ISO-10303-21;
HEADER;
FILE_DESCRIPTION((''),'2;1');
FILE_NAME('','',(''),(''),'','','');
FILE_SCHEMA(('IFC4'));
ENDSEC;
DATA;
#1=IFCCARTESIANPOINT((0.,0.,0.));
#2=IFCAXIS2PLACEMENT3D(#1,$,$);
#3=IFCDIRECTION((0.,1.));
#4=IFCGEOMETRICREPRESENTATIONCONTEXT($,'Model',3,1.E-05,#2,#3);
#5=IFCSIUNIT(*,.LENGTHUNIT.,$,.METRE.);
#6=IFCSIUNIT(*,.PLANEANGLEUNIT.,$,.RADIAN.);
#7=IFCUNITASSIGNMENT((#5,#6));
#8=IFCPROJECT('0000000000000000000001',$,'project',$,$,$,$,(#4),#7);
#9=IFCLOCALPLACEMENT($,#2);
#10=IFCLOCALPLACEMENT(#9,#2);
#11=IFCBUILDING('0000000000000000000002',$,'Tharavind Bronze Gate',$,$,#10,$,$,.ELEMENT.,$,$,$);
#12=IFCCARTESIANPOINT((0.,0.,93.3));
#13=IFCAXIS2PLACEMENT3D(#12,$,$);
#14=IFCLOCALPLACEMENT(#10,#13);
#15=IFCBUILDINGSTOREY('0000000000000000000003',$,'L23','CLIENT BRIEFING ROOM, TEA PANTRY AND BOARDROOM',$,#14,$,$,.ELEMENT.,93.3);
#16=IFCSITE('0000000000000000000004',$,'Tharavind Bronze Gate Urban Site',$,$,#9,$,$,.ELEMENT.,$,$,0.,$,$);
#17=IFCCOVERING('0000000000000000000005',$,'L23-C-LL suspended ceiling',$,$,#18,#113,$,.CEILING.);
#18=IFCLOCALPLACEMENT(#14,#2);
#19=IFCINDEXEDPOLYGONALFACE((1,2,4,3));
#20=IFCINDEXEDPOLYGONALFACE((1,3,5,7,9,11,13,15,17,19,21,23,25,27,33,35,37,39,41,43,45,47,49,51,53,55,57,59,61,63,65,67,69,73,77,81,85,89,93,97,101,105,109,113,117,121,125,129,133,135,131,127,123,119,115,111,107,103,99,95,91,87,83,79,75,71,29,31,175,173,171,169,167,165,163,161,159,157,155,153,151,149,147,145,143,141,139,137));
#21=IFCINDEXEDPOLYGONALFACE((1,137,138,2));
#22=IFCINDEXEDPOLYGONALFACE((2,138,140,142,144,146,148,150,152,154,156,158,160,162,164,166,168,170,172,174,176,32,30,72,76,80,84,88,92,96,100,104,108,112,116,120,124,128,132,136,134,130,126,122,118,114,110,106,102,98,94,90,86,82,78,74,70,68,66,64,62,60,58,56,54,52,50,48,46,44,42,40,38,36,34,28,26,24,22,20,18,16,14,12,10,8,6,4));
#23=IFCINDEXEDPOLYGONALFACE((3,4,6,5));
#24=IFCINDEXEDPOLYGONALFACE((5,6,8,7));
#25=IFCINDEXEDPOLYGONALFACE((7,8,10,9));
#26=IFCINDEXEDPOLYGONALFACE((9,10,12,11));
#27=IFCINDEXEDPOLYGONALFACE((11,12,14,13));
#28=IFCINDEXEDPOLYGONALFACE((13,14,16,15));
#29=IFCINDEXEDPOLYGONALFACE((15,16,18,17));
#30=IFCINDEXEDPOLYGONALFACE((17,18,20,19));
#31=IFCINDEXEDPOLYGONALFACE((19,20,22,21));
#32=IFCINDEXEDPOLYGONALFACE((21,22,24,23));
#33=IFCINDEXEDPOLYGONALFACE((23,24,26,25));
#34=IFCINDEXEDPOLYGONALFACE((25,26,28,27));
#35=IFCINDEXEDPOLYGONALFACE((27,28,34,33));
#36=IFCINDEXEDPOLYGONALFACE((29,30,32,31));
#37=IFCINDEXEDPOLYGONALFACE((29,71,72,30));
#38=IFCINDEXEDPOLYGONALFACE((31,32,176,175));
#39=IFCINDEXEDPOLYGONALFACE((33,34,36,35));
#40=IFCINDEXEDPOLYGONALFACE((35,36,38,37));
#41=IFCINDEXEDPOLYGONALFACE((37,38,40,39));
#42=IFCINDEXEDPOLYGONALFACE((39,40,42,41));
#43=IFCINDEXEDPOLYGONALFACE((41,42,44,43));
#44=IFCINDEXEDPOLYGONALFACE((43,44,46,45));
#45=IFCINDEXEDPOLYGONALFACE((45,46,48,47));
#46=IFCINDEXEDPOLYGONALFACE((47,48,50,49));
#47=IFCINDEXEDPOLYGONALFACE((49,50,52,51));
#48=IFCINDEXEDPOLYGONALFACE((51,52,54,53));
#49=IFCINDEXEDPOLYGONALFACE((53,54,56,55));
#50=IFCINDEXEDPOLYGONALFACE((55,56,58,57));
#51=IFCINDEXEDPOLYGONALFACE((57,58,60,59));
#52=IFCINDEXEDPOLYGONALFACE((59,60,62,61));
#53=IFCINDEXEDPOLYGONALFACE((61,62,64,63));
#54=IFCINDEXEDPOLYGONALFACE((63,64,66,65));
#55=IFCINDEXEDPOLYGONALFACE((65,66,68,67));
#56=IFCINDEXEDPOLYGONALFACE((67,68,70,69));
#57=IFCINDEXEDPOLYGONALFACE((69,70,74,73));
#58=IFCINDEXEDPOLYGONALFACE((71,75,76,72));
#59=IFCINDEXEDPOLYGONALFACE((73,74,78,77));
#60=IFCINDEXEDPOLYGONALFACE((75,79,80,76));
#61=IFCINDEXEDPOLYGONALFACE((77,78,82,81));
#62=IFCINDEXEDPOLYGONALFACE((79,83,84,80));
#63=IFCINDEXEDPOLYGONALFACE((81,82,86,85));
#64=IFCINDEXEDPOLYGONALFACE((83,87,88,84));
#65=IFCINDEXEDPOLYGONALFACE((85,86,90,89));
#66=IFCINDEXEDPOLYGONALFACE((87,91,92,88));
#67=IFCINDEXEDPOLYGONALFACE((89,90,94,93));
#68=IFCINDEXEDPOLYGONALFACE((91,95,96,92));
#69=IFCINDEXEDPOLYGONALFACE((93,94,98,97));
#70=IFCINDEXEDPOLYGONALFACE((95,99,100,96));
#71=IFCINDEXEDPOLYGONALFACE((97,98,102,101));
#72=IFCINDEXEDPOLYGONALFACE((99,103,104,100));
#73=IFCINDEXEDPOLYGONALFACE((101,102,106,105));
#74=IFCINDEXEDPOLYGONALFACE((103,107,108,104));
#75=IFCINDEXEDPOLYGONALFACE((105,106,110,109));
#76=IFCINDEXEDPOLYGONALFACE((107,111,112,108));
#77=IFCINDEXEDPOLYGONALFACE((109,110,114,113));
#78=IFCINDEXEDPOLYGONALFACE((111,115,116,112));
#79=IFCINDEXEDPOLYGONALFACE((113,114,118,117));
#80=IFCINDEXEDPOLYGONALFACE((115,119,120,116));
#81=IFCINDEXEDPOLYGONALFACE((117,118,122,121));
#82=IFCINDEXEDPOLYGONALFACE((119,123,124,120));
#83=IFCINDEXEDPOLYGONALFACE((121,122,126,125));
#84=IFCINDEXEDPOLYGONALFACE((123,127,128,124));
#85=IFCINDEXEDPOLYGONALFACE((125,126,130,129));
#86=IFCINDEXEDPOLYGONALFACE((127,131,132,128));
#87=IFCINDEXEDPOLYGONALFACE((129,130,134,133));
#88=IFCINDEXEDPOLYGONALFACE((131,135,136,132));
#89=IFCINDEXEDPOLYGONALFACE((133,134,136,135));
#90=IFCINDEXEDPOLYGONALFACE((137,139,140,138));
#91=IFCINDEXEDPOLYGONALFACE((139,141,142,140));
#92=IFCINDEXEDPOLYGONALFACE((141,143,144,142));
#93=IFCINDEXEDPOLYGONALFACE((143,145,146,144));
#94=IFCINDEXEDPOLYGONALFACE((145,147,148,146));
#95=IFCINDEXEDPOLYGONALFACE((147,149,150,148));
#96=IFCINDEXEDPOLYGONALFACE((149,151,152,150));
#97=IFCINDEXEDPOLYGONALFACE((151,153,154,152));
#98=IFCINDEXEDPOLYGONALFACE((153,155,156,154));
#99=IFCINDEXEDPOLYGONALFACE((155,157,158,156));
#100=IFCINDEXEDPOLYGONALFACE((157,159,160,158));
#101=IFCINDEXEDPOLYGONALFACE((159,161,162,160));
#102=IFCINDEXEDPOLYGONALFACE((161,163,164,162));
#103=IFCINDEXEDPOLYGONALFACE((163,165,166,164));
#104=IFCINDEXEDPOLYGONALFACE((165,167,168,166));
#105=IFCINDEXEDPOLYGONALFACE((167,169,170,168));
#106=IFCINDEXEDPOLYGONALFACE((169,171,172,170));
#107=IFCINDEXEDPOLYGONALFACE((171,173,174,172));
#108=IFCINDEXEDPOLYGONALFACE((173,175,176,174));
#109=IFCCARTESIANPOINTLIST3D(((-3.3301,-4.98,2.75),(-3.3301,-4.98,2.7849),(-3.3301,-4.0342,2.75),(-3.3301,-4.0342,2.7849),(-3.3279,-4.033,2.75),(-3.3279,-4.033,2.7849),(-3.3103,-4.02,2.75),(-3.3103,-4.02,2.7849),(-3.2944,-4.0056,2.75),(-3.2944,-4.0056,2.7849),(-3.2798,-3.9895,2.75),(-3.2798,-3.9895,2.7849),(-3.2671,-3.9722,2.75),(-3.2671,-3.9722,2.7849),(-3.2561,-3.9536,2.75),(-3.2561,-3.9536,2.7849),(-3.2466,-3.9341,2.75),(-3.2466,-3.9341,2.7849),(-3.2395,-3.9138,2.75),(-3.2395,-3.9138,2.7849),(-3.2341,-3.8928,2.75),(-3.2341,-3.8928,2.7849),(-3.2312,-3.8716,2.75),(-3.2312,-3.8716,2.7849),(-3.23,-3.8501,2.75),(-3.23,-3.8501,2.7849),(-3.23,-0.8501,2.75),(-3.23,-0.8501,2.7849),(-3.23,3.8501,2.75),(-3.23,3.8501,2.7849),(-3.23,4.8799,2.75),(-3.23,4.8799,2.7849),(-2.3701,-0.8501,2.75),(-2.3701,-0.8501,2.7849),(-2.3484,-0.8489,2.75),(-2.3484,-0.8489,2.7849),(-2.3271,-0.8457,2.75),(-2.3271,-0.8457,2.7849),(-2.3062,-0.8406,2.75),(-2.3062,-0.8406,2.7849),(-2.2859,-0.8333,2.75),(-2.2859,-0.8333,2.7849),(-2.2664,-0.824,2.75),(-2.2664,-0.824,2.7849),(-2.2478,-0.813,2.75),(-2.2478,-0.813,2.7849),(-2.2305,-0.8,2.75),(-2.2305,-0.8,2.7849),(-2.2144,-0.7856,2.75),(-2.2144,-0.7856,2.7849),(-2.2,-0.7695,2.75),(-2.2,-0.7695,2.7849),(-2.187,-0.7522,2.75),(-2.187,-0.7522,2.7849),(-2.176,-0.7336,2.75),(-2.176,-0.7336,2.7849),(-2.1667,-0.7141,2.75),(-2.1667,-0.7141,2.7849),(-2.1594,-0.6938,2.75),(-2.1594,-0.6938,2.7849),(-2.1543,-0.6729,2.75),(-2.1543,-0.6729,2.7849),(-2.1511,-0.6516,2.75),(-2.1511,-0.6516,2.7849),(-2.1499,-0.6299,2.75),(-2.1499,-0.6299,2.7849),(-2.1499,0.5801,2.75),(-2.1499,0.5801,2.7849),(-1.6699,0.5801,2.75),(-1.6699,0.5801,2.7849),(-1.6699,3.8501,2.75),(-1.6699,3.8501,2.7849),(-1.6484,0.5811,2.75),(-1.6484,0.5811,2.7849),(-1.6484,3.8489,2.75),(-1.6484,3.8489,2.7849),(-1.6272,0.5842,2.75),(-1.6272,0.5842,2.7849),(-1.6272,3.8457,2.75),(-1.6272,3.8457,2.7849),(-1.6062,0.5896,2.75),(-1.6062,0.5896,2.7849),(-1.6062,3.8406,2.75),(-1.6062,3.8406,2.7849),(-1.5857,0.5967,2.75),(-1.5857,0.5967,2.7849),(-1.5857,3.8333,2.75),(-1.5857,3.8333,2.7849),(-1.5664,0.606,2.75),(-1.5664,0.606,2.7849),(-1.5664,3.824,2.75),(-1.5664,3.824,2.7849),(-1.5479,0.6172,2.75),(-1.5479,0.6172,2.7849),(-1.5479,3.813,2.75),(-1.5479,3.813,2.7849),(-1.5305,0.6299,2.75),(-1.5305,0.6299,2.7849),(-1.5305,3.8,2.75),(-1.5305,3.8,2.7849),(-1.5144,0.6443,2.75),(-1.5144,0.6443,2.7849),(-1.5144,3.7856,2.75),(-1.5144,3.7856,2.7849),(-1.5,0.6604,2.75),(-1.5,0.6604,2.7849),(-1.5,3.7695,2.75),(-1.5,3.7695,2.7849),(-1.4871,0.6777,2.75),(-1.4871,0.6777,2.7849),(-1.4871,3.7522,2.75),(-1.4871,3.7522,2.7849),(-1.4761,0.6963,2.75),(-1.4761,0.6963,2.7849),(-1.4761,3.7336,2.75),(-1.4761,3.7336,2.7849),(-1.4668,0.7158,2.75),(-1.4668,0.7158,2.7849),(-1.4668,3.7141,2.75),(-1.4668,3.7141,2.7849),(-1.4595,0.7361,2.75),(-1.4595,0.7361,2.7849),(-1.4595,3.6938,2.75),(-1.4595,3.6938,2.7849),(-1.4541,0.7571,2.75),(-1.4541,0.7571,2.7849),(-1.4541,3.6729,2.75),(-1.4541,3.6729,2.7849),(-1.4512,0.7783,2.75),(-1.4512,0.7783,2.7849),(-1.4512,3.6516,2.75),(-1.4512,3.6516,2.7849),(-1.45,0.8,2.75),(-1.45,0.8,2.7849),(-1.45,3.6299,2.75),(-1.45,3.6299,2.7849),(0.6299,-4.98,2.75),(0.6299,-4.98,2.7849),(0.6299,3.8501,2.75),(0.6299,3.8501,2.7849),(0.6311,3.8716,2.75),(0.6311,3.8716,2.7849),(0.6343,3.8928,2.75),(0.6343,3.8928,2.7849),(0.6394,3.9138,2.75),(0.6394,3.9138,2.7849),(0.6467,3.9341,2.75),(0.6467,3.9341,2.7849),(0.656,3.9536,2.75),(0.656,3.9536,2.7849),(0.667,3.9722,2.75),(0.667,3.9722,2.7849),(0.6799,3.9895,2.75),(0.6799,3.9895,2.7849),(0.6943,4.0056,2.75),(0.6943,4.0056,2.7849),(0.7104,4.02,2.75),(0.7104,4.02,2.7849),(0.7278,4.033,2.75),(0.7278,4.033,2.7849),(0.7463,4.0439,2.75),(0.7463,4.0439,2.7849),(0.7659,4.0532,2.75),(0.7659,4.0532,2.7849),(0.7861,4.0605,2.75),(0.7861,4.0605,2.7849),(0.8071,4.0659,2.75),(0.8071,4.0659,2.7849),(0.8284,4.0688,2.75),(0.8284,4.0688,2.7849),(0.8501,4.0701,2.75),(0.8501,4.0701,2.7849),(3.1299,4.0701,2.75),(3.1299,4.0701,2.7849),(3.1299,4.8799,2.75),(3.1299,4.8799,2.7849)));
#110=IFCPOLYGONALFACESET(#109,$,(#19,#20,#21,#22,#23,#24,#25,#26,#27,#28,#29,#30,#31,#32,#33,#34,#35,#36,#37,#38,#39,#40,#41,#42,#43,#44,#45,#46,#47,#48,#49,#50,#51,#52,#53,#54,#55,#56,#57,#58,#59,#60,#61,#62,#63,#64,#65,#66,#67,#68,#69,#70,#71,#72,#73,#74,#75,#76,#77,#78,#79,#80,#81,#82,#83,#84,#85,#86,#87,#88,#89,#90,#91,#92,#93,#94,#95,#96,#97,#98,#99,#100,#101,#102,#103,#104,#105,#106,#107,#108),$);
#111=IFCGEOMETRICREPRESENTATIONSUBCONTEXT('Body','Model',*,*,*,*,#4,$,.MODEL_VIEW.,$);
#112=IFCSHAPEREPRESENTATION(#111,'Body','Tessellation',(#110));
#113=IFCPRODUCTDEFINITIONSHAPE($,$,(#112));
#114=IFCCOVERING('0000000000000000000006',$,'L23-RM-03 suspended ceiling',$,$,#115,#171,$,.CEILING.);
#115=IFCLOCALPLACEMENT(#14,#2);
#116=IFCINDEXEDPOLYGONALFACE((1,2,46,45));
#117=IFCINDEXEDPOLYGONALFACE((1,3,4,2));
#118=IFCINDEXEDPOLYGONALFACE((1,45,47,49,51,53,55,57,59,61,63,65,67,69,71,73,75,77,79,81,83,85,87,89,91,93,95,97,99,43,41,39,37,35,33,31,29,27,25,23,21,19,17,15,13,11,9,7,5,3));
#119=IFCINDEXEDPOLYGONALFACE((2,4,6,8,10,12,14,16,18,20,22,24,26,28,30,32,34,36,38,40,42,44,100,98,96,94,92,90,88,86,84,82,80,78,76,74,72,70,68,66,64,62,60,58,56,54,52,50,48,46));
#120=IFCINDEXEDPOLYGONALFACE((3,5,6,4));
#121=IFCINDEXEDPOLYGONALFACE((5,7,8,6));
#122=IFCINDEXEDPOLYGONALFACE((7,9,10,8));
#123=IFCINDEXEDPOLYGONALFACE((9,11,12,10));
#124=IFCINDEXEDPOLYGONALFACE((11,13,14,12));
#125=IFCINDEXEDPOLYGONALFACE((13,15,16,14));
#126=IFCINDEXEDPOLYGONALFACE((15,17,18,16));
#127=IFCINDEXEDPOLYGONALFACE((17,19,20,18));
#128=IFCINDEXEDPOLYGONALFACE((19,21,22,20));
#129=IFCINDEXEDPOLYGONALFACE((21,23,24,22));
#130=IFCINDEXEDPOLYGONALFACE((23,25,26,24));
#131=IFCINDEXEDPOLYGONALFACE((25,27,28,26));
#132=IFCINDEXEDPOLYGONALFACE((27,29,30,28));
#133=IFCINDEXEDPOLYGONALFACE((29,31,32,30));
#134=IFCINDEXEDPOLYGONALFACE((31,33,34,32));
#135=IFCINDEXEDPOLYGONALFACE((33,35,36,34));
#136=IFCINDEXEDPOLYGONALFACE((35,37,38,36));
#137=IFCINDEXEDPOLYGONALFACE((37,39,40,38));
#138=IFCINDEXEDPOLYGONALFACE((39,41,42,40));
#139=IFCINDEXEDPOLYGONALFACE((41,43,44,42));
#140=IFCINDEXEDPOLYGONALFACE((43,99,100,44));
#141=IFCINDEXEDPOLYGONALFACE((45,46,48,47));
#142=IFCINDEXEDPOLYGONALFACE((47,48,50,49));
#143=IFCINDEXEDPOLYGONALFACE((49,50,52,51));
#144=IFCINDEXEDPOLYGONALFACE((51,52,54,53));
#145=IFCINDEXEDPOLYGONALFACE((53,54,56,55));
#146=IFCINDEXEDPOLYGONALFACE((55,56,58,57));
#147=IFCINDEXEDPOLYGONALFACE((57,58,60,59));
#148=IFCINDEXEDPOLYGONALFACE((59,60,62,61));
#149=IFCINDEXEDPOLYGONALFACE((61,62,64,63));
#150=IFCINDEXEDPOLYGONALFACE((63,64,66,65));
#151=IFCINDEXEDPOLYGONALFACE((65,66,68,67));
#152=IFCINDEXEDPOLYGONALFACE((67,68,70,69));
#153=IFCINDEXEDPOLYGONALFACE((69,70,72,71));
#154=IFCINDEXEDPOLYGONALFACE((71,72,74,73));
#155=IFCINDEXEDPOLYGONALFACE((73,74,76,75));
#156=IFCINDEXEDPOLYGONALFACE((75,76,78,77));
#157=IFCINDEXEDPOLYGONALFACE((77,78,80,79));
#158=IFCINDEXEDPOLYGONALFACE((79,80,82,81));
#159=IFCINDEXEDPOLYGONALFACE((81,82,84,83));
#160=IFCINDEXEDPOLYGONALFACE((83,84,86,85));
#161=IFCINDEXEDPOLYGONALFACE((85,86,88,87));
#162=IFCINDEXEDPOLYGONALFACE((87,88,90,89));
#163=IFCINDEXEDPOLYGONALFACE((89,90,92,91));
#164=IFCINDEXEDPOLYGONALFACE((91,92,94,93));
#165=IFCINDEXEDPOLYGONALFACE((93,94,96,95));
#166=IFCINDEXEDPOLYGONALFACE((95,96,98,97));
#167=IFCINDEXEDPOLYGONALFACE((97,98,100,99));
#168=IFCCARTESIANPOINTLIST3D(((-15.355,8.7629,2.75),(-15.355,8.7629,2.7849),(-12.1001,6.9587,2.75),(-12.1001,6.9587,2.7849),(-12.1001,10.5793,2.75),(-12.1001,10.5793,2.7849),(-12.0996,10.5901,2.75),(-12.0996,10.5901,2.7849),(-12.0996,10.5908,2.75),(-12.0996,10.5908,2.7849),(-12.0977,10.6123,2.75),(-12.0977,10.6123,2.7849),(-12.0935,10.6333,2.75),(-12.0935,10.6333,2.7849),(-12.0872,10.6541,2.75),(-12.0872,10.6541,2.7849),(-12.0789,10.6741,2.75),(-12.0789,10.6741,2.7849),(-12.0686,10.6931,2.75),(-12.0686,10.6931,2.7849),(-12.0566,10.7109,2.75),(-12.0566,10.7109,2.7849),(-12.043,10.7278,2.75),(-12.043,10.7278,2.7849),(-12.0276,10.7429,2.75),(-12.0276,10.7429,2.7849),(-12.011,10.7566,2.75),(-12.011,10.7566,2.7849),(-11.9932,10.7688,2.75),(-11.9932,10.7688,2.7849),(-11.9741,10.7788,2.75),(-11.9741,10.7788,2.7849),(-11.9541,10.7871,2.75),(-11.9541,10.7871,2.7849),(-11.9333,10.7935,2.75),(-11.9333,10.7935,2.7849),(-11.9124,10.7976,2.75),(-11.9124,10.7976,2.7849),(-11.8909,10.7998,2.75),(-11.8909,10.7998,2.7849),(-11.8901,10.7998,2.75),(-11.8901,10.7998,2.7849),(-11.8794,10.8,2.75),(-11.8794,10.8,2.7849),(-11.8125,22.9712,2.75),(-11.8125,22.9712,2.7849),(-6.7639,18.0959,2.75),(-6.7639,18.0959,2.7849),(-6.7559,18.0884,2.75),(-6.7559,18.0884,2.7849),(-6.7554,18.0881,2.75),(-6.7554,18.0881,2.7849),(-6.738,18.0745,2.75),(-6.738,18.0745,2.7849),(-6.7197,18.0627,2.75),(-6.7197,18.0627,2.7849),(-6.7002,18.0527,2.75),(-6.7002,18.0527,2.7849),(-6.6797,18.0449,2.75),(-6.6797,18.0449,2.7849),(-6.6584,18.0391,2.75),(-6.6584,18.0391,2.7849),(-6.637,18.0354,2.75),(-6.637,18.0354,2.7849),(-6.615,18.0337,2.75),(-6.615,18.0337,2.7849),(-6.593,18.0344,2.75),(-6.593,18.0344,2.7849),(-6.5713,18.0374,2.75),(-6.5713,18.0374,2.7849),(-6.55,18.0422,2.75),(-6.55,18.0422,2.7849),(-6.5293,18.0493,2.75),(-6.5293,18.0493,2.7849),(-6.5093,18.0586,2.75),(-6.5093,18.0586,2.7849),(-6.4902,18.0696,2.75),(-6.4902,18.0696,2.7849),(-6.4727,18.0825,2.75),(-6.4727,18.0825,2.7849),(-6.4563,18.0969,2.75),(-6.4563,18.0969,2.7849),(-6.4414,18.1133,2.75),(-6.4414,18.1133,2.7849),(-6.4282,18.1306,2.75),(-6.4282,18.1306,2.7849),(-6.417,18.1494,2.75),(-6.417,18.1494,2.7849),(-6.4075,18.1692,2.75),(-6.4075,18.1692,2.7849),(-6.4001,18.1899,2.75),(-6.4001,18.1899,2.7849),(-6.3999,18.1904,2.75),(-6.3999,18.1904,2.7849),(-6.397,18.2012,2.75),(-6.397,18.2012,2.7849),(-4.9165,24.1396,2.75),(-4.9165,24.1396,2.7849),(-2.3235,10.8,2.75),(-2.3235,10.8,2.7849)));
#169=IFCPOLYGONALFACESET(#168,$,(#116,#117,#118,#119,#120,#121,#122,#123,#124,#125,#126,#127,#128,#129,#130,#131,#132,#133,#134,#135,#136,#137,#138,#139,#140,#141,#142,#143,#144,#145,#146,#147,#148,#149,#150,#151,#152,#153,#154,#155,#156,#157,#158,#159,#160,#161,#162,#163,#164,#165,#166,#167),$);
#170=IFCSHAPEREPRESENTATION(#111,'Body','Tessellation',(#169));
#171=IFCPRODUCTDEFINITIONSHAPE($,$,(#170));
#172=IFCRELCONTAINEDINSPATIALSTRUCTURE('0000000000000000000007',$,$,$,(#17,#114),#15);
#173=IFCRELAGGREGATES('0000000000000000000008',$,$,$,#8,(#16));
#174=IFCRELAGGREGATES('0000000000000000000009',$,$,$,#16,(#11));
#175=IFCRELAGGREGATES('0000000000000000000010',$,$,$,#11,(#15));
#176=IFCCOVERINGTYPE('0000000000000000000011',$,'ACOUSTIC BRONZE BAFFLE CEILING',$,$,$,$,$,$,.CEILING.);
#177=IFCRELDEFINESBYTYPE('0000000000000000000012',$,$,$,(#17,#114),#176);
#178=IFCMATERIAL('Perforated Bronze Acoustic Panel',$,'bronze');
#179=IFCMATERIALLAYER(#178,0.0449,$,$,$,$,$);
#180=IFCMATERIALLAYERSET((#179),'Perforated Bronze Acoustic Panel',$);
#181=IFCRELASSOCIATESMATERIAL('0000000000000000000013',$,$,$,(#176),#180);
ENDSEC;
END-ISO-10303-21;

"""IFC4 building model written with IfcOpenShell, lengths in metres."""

from ifc_helpers import new_model, si_unit, direction, frame, origin, place, context, subcontext, project, spatial, polyline, outline, extrude, material, layer, layer_set, type_object, element, save


model = new_model("IFC4")

# Units and contexts
model_context = context("Model", 3, precision=1e-05, world=origin(), true_north=direction((0.0, 1.0)))
body_context = subcontext(model_context, "Body", "Model", "MODEL_VIEW")
ifc_project = project(units=[si_unit("LENGTHUNIT", "METRE"), si_unit("PLANEANGLEUNIT", "RADIAN")], contexts=[model_context])

# Site, building, storey
site_placement = place(None, origin())
site = spatial("IfcSite", under=ifc_project, at=site_placement, Name="Tharavind Bronze Gate Urban Site", CompositionType="ELEMENT", RefElevation=0.0)
building_placement = place(site_placement, origin())
building = spatial("IfcBuilding", under=site, at=building_placement, Name="Tharavind Bronze Gate", CompositionType="ELEMENT")
storey_placement = place(building_placement, frame((0.0, 0.0, 93.3)))
storey = spatial("IfcBuildingStorey", under=building, at=storey_placement, Name="L23", Description="CLIENT BRIEFING ROOM, TEA PANTRY AND BOARDROOM", CompositionType="ELEMENT", Elevation=93.3)

# Coverings
ifc_material_1 = material(Name="Perforated Bronze Acoustic Panel", Category="bronze")
ifc_layer_1 = layer(ifc_material_1, 0.0449)
ifc_layer_set_1 = layer_set([ifc_layer_1], Name="Perforated Bronze Acoustic Panel")
covering_type_1 = type_object("IfcCoveringType", Name="ACOUSTIC BRONZE BAFFLE CEILING", PredefinedType="CEILING", material=ifc_layer_set_1)
covering_1_placement = place(storey_placement, frame((0.0, 0.0, 2.75)))
element("IfcCovering", 1, at=covering_1_placement, inside=storey, type_object=covering_type_1, Name="L23-C-LL suspended ceiling", PredefinedType="CEILING", context=body_context, shape_type="SweptSolid", body=[
    extrude(outline(polyline([(-3.3301, -4.98), (0.6299, -4.98), (0.6299, 3.8501), (0.6311, 3.8716), (0.6343, 3.8928), (0.6394, 3.9138), (0.6467, 3.9341), (0.656, 3.9536), (0.667, 3.9722), (0.6799, 3.9895), (0.6943, 4.0056), (0.7104, 4.02), (0.7278, 4.033), (0.7463, 4.0439), (0.7659, 4.0532), (0.7861, 4.0605), (0.8071, 4.0659), (0.8284, 4.0688), (0.8501, 4.0701), (3.1299, 4.0701), (3.1299, 4.8799), (-3.23, 4.8799), (-3.23, 3.8501), (-1.6699, 3.8501), (-1.6484, 3.8489), (-1.6272, 3.8457), (-1.6062, 3.8406), (-1.5857, 3.8333), (-1.5664, 3.824), (-1.5479, 3.813), (-1.5305, 3.8), (-1.5144, 3.7856), (-1.5, 3.7695), (-1.4871, 3.7522), (-1.4761, 3.7336), (-1.4668, 3.7141), (-1.4595, 3.6938), (-1.4541, 3.6729), (-1.4512, 3.6516), (-1.45, 3.6299), (-1.45, 0.8), (-1.4512, 0.7783), (-1.4541, 0.7571), (-1.4595, 0.7361), (-1.4668, 0.7158), (-1.4761, 0.6963), (-1.4871, 0.6777), (-1.5, 0.6604), (-1.5144, 0.6443), (-1.5305, 0.6299), (-1.5479, 0.6172), (-1.5664, 0.606), (-1.5857, 0.5967), (-1.6062, 0.5896), (-1.6272, 0.5842), (-1.6484, 0.5811), (-1.6699, 0.5801), (-2.1499, 0.5801), (-2.1499, -0.6299), (-2.1511, -0.6516), (-2.1543, -0.6729), (-2.1594, -0.6938), (-2.1667, -0.7141), (-2.176, -0.7336), (-2.187, -0.7522), (-2.2, -0.7695), (-2.2144, -0.7856), (-2.2305, -0.8), (-2.2478, -0.813), (-2.2664, -0.824), (-2.2859, -0.8333), (-2.3062, -0.8406), (-2.3271, -0.8457), (-2.3484, -0.8489), (-2.3701, -0.8501), (-3.23, -0.8501), (-3.23, -3.8501), (-3.2312, -3.8716), (-3.2341, -3.8928), (-3.2395, -3.9138), (-3.2466, -3.9341), (-3.2561, -3.9536), (-3.2671, -3.9722), (-3.2798, -3.9895), (-3.2944, -4.0056), (-3.3103, -4.02), (-3.3279, -4.033), (-3.3301, -4.0342), (-3.3301, -4.98)])), origin(), (0.0, 0.0, 1.0), 0.0349),
])
covering_2_placement = place(storey_placement, frame((0.0, 0.0, 2.75)))
element("IfcCovering", 2, at=covering_2_placement, inside=storey, type_object=covering_type_1, Name="L23-RM-03 suspended ceiling", PredefinedType="CEILING", context=body_context, shape_type="SweptSolid", body=[
    extrude(outline(polyline([(-12.1001, 6.9587), (-12.1001, 10.5793), (-12.0996, 10.5901), (-12.0996, 10.5908), (-12.0977, 10.6123), (-12.0935, 10.6333), (-12.0872, 10.6541), (-12.0789, 10.6741), (-12.0686, 10.6931), (-12.0566, 10.7109), (-12.043, 10.7278), (-12.0276, 10.7429), (-12.011, 10.7566), (-11.9932, 10.7688), (-11.9741, 10.7788), (-11.9541, 10.7871), (-11.9333, 10.7935), (-11.9124, 10.7976), (-11.8909, 10.7998), (-11.8901, 10.7998), (-11.8794, 10.8), (-2.3235, 10.8), (-4.9165, 24.1396), (-6.397, 18.2012), (-6.3999, 18.1904), (-6.4001, 18.1899), (-6.4075, 18.1692), (-6.417, 18.1494), (-6.4282, 18.1306), (-6.4414, 18.1133), (-6.4563, 18.0969), (-6.4727, 18.0825), (-6.4902, 18.0696), (-6.5093, 18.0586), (-6.5293, 18.0493), (-6.55, 18.0422), (-6.5713, 18.0374), (-6.593, 18.0344), (-6.615, 18.0337), (-6.637, 18.0354), (-6.6584, 18.0391), (-6.6797, 18.0449), (-6.7002, 18.0527), (-6.7197, 18.0627), (-6.738, 18.0745), (-6.7554, 18.0881), (-6.7559, 18.0884), (-6.7639, 18.0959), (-11.8125, 22.9712), (-15.355, 8.7629), (-12.1001, 6.9587)])), origin(), (0.0, 0.0, 1.0), 0.0349),
])

save(model, "model.ifc")
